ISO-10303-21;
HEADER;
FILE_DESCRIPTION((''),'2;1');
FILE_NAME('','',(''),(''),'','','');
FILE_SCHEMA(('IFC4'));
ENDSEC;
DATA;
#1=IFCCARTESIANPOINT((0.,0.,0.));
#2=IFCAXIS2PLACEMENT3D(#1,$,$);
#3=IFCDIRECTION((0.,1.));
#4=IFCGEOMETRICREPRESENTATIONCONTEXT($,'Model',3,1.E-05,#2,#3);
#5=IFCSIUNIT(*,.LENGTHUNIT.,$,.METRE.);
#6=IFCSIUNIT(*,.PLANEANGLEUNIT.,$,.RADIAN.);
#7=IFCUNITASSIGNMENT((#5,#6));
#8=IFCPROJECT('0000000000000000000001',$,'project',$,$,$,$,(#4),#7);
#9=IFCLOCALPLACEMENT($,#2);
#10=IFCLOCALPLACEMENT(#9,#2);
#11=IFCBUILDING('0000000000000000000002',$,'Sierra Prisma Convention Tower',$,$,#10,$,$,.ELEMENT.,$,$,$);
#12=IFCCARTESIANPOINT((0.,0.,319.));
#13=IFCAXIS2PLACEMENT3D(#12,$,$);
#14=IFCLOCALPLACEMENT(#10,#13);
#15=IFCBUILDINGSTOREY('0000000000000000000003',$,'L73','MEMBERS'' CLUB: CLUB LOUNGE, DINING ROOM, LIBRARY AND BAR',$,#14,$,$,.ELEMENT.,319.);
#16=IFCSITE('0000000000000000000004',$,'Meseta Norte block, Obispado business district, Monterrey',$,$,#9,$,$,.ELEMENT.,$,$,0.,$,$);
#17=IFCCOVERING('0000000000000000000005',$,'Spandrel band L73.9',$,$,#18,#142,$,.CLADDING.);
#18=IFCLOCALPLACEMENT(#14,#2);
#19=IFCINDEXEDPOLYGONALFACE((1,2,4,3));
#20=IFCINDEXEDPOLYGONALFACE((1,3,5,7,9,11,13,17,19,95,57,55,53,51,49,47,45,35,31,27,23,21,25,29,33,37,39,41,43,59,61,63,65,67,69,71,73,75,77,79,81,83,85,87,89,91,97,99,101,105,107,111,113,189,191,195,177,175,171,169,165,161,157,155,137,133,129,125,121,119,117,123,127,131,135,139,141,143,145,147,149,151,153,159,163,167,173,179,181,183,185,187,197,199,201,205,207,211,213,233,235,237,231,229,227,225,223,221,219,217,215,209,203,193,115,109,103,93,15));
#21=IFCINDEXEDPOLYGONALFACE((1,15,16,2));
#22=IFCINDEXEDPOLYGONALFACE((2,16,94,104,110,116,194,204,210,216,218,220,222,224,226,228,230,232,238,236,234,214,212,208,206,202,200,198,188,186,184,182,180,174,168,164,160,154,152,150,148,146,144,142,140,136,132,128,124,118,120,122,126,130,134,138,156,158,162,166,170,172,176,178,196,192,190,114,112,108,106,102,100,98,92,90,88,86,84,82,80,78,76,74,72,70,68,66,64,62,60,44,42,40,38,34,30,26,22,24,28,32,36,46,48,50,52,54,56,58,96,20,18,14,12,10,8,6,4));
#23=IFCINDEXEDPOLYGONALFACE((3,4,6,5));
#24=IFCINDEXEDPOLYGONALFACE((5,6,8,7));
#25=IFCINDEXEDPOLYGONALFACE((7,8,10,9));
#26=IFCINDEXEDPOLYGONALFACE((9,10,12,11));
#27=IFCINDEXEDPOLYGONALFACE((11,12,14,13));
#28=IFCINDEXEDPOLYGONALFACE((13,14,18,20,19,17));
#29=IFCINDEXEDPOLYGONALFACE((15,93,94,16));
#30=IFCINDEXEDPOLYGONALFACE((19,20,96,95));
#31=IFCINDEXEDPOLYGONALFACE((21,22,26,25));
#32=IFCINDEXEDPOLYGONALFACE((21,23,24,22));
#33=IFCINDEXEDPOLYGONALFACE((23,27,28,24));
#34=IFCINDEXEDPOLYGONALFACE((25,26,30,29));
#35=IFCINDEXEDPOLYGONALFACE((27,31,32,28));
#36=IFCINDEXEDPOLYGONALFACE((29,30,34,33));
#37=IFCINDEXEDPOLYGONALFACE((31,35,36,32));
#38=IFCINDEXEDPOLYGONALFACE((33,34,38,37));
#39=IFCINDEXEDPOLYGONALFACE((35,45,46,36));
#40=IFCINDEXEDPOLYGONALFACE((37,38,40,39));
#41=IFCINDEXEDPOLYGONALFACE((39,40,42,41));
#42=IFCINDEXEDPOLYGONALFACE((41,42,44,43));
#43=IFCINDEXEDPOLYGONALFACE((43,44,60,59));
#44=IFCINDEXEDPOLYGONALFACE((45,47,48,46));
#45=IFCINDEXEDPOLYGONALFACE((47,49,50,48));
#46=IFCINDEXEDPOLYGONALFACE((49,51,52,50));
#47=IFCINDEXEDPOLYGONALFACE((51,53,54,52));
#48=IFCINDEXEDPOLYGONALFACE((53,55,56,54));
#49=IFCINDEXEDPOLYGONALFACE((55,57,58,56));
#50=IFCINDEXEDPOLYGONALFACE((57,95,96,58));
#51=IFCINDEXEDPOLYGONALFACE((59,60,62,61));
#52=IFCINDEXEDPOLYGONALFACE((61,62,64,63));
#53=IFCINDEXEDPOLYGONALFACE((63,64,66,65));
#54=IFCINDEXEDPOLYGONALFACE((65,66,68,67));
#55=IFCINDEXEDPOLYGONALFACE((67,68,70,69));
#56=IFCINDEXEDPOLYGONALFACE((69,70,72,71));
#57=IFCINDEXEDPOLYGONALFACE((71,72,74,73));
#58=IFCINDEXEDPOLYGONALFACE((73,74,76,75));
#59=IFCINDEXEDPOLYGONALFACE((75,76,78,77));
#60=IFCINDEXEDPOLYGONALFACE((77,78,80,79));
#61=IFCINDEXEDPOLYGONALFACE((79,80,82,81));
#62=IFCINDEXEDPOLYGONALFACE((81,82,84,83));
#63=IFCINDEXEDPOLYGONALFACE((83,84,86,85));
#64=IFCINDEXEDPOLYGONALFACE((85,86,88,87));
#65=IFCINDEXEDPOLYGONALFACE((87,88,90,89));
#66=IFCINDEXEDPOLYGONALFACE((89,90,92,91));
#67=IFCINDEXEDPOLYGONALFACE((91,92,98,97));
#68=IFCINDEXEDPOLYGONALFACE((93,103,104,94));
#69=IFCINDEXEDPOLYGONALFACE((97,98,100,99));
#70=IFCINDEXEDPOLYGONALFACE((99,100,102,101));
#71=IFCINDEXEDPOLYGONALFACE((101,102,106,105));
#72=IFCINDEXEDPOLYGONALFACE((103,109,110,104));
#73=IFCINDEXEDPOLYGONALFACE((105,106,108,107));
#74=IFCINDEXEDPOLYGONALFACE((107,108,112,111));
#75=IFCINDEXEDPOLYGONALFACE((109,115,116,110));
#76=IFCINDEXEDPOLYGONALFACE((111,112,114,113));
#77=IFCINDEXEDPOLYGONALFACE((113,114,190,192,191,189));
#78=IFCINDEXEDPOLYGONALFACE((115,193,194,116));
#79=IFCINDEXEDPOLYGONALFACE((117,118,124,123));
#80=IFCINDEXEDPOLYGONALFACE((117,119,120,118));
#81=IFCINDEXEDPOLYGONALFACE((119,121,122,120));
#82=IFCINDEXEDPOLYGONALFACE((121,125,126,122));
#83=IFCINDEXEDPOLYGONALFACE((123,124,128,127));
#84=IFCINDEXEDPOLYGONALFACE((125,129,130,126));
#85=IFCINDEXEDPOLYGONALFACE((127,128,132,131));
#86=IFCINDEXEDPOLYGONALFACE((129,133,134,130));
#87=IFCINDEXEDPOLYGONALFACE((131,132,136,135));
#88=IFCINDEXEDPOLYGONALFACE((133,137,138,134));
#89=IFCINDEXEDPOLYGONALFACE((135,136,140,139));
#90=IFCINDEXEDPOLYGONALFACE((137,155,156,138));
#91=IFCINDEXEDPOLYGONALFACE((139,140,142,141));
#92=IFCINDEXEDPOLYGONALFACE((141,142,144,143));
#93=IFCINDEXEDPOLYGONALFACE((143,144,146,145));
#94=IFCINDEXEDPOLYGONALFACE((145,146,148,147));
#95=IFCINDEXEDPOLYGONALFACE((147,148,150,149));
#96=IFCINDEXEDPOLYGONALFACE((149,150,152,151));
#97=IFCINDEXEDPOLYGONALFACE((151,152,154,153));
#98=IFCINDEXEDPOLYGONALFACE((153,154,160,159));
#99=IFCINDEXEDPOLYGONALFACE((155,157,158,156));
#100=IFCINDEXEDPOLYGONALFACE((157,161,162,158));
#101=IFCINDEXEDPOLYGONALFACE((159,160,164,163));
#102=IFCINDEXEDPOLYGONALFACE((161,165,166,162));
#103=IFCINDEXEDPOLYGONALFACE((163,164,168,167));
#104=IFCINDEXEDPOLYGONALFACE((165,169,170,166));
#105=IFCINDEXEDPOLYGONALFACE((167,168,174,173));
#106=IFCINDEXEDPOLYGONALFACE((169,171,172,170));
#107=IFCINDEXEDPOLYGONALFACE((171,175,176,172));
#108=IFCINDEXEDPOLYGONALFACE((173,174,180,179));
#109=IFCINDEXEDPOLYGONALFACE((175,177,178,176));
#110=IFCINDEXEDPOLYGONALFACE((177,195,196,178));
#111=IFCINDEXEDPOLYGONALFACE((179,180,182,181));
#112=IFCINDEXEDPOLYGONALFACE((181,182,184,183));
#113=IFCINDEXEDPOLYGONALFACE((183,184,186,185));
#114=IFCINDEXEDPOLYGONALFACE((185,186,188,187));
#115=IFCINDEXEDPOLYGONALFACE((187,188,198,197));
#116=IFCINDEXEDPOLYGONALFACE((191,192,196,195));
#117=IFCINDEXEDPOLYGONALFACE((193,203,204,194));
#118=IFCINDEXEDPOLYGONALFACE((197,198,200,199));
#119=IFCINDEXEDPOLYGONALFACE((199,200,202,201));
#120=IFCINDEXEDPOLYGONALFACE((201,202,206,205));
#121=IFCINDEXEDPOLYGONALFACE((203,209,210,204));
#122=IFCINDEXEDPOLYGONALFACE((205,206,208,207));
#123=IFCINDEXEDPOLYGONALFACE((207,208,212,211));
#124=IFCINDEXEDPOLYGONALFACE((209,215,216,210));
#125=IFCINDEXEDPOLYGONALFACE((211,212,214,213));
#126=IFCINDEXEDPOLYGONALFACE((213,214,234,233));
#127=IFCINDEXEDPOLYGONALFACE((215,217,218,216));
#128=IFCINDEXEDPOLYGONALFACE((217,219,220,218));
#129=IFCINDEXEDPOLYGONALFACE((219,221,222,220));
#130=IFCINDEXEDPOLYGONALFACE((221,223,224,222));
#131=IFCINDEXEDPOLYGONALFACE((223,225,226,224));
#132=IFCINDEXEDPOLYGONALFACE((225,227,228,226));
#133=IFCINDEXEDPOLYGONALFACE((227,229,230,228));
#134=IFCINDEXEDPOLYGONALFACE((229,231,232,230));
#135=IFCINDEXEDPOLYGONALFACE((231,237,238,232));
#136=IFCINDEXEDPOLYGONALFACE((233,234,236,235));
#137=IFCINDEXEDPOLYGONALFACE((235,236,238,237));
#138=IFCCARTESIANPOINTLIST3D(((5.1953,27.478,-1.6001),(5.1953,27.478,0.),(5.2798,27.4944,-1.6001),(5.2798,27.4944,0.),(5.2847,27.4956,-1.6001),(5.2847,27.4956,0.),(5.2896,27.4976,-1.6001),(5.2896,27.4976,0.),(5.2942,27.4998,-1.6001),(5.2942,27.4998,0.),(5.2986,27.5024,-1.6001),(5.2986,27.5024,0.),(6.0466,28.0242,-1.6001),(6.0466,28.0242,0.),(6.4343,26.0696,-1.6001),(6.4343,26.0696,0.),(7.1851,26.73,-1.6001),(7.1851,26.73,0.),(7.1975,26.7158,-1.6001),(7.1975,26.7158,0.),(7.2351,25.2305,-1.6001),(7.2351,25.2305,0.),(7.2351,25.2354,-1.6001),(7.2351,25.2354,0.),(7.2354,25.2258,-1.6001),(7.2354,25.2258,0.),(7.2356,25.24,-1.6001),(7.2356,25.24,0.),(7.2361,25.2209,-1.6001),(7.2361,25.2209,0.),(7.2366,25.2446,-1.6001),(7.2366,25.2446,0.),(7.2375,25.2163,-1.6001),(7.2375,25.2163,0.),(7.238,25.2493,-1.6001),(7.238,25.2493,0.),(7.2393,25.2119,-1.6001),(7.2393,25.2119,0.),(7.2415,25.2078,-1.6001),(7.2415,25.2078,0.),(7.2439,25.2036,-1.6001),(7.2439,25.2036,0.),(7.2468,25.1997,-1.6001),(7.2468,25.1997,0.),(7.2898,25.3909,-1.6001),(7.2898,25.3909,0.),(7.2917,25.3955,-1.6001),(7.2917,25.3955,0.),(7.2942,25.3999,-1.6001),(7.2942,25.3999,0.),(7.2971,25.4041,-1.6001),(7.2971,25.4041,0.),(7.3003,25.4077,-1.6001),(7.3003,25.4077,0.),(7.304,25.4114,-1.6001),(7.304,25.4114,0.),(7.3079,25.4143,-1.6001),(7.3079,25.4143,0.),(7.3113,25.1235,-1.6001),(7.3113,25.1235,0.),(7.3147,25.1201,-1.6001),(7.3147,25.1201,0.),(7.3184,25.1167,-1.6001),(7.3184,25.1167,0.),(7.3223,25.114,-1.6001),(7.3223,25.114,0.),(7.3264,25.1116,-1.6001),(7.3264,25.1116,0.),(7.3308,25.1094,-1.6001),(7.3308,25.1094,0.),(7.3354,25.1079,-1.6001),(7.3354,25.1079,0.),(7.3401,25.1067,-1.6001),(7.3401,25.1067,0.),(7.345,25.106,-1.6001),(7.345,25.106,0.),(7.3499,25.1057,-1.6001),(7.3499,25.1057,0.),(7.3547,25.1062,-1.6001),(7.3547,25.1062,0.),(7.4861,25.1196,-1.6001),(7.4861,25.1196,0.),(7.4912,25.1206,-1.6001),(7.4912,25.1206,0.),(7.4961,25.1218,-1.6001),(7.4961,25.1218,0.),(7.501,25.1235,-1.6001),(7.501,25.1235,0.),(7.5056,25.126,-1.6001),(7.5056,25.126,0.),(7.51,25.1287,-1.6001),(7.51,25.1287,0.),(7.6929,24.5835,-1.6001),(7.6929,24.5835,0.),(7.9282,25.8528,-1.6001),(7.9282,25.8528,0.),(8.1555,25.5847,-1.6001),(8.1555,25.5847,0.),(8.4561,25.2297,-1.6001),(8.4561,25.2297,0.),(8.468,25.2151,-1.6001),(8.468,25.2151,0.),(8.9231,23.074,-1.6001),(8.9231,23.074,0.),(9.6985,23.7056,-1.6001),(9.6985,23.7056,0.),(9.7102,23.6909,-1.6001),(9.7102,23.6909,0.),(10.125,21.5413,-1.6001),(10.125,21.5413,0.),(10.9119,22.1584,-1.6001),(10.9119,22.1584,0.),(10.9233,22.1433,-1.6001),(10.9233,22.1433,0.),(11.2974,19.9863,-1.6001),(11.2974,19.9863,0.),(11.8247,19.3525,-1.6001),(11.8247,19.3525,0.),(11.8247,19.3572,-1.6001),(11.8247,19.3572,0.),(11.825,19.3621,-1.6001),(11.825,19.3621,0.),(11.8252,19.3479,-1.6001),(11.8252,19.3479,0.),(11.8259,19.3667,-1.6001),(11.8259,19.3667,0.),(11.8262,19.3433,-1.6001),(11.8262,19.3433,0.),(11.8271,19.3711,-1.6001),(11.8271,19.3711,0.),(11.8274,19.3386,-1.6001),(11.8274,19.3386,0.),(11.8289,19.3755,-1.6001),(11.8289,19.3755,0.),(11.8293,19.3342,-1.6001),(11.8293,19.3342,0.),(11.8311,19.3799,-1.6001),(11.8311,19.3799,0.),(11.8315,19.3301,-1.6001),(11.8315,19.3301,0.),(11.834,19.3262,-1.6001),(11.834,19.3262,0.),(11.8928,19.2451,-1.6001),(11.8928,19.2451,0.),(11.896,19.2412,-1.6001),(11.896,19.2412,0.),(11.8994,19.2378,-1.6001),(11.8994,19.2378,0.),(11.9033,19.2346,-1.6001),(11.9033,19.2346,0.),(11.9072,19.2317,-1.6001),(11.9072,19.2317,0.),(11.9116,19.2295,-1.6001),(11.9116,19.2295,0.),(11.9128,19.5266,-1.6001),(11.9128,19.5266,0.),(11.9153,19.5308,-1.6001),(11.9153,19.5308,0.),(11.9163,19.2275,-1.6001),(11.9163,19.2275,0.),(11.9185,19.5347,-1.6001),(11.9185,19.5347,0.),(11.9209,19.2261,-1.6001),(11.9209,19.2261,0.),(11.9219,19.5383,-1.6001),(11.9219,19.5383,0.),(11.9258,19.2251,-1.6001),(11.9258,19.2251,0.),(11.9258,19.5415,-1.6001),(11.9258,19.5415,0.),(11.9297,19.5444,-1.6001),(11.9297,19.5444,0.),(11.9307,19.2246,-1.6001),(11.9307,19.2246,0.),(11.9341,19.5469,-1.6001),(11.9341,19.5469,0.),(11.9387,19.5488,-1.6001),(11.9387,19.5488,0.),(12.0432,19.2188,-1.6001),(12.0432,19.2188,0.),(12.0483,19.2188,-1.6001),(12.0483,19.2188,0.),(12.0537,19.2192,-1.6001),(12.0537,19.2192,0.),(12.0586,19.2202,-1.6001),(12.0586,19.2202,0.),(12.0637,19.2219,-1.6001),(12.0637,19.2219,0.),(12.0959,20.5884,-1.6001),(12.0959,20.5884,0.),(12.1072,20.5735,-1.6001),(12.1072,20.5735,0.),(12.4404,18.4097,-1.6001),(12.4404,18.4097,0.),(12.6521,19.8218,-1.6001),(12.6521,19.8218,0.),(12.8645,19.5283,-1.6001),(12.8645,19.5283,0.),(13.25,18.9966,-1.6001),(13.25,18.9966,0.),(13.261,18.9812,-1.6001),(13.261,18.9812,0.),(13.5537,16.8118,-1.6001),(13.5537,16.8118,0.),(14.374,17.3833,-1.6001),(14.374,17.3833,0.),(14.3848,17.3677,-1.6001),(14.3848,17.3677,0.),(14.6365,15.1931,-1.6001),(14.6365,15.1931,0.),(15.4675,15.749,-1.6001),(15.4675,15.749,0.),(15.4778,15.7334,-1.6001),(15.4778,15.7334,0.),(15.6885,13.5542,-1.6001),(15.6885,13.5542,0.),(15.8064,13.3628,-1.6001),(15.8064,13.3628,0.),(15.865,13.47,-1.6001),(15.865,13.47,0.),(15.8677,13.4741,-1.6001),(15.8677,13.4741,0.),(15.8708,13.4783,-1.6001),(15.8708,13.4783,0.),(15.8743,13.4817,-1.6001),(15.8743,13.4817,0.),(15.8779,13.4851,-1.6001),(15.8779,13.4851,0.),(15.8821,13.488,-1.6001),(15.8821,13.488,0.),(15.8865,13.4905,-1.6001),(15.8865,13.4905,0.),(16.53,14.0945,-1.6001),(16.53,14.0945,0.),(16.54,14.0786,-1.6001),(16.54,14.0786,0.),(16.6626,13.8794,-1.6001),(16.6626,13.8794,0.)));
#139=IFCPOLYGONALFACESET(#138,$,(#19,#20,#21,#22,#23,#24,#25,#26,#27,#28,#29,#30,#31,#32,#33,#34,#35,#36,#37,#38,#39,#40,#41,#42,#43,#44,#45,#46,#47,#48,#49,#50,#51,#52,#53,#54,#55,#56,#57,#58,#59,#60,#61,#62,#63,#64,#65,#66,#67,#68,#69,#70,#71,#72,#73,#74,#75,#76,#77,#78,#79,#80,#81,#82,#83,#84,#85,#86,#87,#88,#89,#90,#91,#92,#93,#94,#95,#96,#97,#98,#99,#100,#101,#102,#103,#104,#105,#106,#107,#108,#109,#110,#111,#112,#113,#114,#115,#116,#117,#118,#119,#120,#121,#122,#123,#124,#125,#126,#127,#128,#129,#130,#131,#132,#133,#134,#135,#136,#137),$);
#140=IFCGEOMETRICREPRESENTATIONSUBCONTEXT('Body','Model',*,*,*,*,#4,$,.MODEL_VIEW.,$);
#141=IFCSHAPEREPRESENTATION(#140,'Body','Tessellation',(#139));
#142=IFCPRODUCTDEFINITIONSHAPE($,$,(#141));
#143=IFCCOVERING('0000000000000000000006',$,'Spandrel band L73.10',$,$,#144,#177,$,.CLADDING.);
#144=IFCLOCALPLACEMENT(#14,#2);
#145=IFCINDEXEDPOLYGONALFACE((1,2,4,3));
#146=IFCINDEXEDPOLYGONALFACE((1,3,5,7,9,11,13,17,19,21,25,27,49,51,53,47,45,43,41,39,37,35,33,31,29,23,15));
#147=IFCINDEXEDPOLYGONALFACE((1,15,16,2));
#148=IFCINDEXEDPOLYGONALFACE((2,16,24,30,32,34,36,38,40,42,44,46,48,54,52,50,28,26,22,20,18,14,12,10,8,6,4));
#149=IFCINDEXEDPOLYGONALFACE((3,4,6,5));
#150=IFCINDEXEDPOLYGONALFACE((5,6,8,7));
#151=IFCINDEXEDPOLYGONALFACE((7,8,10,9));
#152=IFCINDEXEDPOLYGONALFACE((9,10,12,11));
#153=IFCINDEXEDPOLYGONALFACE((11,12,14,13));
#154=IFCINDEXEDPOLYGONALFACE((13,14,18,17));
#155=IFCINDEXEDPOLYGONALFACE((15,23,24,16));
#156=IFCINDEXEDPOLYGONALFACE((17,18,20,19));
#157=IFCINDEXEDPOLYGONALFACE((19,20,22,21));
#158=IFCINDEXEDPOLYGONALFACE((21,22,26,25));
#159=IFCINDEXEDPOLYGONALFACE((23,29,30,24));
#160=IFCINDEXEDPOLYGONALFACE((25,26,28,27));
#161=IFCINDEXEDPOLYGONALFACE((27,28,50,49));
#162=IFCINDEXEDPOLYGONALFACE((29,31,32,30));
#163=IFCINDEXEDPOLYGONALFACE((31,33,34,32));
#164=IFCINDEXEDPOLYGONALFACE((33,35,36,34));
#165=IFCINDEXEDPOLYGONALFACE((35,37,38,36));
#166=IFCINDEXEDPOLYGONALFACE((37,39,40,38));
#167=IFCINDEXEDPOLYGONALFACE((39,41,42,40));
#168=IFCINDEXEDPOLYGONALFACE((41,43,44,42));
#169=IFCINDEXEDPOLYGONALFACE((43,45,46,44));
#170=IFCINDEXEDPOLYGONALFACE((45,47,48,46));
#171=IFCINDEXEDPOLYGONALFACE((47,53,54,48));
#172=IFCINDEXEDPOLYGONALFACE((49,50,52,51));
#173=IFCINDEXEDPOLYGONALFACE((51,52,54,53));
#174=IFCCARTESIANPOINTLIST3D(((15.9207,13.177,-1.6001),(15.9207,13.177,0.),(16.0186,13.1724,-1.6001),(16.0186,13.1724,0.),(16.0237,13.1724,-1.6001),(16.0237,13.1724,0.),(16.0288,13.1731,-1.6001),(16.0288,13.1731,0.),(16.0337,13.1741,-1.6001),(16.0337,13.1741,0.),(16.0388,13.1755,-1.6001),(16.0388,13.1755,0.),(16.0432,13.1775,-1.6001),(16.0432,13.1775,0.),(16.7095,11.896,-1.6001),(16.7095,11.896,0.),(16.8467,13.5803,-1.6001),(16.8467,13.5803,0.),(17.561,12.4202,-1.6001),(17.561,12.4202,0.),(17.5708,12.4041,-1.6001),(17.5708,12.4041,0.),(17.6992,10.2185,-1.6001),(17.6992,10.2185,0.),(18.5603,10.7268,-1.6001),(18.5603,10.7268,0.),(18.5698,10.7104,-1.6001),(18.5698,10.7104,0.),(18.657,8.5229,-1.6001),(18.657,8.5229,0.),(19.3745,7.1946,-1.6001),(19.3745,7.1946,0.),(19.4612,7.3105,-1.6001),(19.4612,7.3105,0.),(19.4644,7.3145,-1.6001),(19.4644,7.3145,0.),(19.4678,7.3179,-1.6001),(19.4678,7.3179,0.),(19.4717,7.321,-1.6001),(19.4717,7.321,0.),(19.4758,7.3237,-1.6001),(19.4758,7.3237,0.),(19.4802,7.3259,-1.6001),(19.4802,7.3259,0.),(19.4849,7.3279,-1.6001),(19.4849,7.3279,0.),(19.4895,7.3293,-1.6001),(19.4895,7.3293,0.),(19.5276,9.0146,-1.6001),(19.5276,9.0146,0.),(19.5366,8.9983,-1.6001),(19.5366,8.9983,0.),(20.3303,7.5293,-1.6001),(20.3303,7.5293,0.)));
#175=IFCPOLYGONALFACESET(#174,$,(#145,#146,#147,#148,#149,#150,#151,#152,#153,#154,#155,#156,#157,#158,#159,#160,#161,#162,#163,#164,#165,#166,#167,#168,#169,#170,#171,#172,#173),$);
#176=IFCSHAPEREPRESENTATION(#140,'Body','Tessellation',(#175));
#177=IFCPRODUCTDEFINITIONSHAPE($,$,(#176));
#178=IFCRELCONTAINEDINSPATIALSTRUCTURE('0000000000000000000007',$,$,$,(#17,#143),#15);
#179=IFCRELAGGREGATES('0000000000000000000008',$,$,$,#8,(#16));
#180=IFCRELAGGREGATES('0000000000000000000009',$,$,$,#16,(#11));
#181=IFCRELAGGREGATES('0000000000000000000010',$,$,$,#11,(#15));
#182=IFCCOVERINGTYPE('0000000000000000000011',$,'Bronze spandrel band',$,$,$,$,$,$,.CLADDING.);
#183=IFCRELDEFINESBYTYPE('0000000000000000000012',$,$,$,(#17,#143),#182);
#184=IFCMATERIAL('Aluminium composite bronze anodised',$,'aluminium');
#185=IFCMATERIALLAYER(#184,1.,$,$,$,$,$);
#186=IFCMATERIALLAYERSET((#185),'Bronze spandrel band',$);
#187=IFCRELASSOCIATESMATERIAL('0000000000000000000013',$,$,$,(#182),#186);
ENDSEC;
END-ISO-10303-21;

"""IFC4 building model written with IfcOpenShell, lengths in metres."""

from ifc_helpers import new_model, si_unit, direction, frame, origin, place, context, subcontext, project, spatial, polyline, outline, extrude, material, layer, layer_set, type_object, element, save


model = new_model("IFC4")

# Units and contexts
model_context = context("Model", 3, precision=1e-05, world=origin(), true_north=direction((0.0, 1.0)))
body_context = subcontext(model_context, "Body", "Model", "MODEL_VIEW")
ifc_project = project(units=[si_unit("LENGTHUNIT", "METRE"), si_unit("PLANEANGLEUNIT", "RADIAN")], contexts=[model_context])

# Site, building, storey
site_placement = place(None, origin())
site = spatial("IfcSite", under=ifc_project, at=site_placement, Name="Meseta Norte block, Obispado business district, Monterrey", CompositionType="ELEMENT", RefElevation=0.0)
building_placement = place(site_placement, origin())
building = spatial("IfcBuilding", under=site, at=building_placement, Name="Sierra Prisma Convention Tower", CompositionType="ELEMENT")
storey_placement = place(building_placement, frame((0.0, 0.0, 319.0)))
storey = spatial("IfcBuildingStorey", under=building, at=storey_placement, Name="L73", Description="MEMBERS' CLUB: CLUB LOUNGE, DINING ROOM, LIBRARY AND BAR", CompositionType="ELEMENT", Elevation=319.0)

# Coverings
ifc_material_1 = material(Name="Aluminium composite bronze anodised", Category="aluminium")
ifc_layer_1 = layer(ifc_material_1, 1.0)
ifc_layer_set_1 = layer_set([ifc_layer_1], Name="Bronze spandrel band")
covering_type = type_object("IfcCoveringType", Name="Bronze spandrel band", PredefinedType="CLADDING", material=ifc_layer_set_1)
covering_1_placement = place(storey_placement, frame((0.0, 0.0, -1.6001)))
element("IfcCovering", 1, at=covering_1_placement, inside=storey, type_object=covering_type, Name="Spandrel band L73.9", PredefinedType="CLADDING", context=body_context, shape_type="SweptSolid", body=[
    extrude(outline(polyline([(7.2898, 25.3909), (7.238, 25.2493), (7.2366, 25.2446), (7.2356, 25.24), (7.2351, 25.2354), (7.2351, 25.2305), (7.2354, 25.2258), (7.2361, 25.2209), (7.2375, 25.2163), (7.2393, 25.2119), (7.2415, 25.2078), (7.2439, 25.2036), (7.2468, 25.1997), (7.3113, 25.1235), (7.3147, 25.1201), (7.3184, 25.1167), (7.3223, 25.114), (7.3264, 25.1116), (7.3308, 25.1094), (7.3354, 25.1079), (7.3401, 25.1067), (7.345, 25.106), (7.3499, 25.1057), (7.3547, 25.1062), (7.4861, 25.1196), (7.4912, 25.1206), (7.4961, 25.1218), (7.501, 25.1235), (7.5056, 25.126), (7.51, 25.1287), (8.1555, 25.5847), (8.4561, 25.2297), (8.468, 25.2151), (9.6985, 23.7056), (9.7102, 23.6909), (10.9119, 22.1584), (10.9233, 22.1433), (12.0959, 20.5884), (12.1072, 20.5735), (12.6521, 19.8218), (11.9387, 19.5488), (11.9341, 19.5469), (11.9297, 19.5444), (11.9258, 19.5415), (11.9219, 19.5383), (11.9185, 19.5347), (11.9153, 19.5308), (11.9128, 19.5266), (11.8311, 19.3799), (11.8289, 19.3755), (11.8271, 19.3711), (11.8259, 19.3667), (11.825, 19.3621), (11.8247, 19.3572), (11.8247, 19.3525), (11.8252, 19.3479), (11.8262, 19.3433), (11.8274, 19.3386), (11.8293, 19.3342), (11.8315, 19.3301), (11.834, 19.3262), (11.8928, 19.2451), (11.896, 19.2412), (11.8994, 19.2378), (11.9033, 19.2346), (11.9072, 19.2317), (11.9116, 19.2295), (11.9163, 19.2275), (11.9209, 19.2261), (11.9258, 19.2251), (11.9307, 19.2246), (12.0432, 19.2188), (12.0483, 19.2188), (12.0537, 19.2192), (12.0586, 19.2202), (12.0637, 19.2219), (12.8645, 19.5283), (13.25, 18.9966), (13.261, 18.9812), (14.374, 17.3833), (14.3848, 17.3677), (15.4675, 15.749), (15.4778, 15.7334), (16.53, 14.0945), (16.54, 14.0786), (16.6626, 13.8794), (15.8865, 13.4905), (15.8821, 13.488), (15.8779, 13.4851), (15.8743, 13.4817), (15.8708, 13.4783), (15.8677, 13.4741), (15.865, 13.47), (15.8064, 13.3628), (15.6885, 13.5542), (14.6365, 15.1931), (13.5537, 16.8118), (12.4404, 18.4097), (11.2974, 19.9863), (10.125, 21.5413), (8.9231, 23.074), (7.6929, 24.5835), (6.4343, 26.0696), (5.1953, 27.478), (5.2798, 27.4944), (5.2847, 27.4956), (5.2896, 27.4976), (5.2942, 27.4998), (5.2986, 27.5024), (6.0466, 28.0242), (7.1851, 26.73), (7.1975, 26.7158), (7.9282, 25.8528), (7.3079, 25.4143), (7.304, 25.4114), (7.3003, 25.4077), (7.2971, 25.4041), (7.2942, 25.3999), (7.2917, 25.3955), (7.2898, 25.3909)])), origin(), (0.0, 0.0, 1.0), 1.6001),
])
covering_2_placement = place(storey_placement, frame((0.0, 0.0, -1.6001)))
element("IfcCovering", 2, at=covering_2_placement, inside=storey, type_object=covering_type, Name="Spandrel band L73.10", PredefinedType="CLADDING", context=body_context, shape_type="SweptSolid", body=[
    extrude(outline(polyline([(19.4758, 7.3237), (19.4717, 7.321), (19.4678, 7.3179), (19.4644, 7.3145), (19.4612, 7.3105), (19.3745, 7.1946), (18.657, 8.5229), (17.6992, 10.2185), (16.7095, 11.896), (15.9207, 13.177), (16.0186, 13.1724), (16.0237, 13.1724), (16.0288, 13.1731), (16.0337, 13.1741), (16.0388, 13.1755), (16.0432, 13.1775), (16.8467, 13.5803), (17.561, 12.4202), (17.5708, 12.4041), (18.5603, 10.7268), (18.5698, 10.7104), (19.5276, 9.0146), (19.5366, 8.9983), (20.3303, 7.5293), (19.4895, 7.3293), (19.4849, 7.3279), (19.4802, 7.3259), (19.4758, 7.3237)])), origin(), (0.0, 0.0, 1.0), 1.6001),
])

save(model, "model.ifc")
